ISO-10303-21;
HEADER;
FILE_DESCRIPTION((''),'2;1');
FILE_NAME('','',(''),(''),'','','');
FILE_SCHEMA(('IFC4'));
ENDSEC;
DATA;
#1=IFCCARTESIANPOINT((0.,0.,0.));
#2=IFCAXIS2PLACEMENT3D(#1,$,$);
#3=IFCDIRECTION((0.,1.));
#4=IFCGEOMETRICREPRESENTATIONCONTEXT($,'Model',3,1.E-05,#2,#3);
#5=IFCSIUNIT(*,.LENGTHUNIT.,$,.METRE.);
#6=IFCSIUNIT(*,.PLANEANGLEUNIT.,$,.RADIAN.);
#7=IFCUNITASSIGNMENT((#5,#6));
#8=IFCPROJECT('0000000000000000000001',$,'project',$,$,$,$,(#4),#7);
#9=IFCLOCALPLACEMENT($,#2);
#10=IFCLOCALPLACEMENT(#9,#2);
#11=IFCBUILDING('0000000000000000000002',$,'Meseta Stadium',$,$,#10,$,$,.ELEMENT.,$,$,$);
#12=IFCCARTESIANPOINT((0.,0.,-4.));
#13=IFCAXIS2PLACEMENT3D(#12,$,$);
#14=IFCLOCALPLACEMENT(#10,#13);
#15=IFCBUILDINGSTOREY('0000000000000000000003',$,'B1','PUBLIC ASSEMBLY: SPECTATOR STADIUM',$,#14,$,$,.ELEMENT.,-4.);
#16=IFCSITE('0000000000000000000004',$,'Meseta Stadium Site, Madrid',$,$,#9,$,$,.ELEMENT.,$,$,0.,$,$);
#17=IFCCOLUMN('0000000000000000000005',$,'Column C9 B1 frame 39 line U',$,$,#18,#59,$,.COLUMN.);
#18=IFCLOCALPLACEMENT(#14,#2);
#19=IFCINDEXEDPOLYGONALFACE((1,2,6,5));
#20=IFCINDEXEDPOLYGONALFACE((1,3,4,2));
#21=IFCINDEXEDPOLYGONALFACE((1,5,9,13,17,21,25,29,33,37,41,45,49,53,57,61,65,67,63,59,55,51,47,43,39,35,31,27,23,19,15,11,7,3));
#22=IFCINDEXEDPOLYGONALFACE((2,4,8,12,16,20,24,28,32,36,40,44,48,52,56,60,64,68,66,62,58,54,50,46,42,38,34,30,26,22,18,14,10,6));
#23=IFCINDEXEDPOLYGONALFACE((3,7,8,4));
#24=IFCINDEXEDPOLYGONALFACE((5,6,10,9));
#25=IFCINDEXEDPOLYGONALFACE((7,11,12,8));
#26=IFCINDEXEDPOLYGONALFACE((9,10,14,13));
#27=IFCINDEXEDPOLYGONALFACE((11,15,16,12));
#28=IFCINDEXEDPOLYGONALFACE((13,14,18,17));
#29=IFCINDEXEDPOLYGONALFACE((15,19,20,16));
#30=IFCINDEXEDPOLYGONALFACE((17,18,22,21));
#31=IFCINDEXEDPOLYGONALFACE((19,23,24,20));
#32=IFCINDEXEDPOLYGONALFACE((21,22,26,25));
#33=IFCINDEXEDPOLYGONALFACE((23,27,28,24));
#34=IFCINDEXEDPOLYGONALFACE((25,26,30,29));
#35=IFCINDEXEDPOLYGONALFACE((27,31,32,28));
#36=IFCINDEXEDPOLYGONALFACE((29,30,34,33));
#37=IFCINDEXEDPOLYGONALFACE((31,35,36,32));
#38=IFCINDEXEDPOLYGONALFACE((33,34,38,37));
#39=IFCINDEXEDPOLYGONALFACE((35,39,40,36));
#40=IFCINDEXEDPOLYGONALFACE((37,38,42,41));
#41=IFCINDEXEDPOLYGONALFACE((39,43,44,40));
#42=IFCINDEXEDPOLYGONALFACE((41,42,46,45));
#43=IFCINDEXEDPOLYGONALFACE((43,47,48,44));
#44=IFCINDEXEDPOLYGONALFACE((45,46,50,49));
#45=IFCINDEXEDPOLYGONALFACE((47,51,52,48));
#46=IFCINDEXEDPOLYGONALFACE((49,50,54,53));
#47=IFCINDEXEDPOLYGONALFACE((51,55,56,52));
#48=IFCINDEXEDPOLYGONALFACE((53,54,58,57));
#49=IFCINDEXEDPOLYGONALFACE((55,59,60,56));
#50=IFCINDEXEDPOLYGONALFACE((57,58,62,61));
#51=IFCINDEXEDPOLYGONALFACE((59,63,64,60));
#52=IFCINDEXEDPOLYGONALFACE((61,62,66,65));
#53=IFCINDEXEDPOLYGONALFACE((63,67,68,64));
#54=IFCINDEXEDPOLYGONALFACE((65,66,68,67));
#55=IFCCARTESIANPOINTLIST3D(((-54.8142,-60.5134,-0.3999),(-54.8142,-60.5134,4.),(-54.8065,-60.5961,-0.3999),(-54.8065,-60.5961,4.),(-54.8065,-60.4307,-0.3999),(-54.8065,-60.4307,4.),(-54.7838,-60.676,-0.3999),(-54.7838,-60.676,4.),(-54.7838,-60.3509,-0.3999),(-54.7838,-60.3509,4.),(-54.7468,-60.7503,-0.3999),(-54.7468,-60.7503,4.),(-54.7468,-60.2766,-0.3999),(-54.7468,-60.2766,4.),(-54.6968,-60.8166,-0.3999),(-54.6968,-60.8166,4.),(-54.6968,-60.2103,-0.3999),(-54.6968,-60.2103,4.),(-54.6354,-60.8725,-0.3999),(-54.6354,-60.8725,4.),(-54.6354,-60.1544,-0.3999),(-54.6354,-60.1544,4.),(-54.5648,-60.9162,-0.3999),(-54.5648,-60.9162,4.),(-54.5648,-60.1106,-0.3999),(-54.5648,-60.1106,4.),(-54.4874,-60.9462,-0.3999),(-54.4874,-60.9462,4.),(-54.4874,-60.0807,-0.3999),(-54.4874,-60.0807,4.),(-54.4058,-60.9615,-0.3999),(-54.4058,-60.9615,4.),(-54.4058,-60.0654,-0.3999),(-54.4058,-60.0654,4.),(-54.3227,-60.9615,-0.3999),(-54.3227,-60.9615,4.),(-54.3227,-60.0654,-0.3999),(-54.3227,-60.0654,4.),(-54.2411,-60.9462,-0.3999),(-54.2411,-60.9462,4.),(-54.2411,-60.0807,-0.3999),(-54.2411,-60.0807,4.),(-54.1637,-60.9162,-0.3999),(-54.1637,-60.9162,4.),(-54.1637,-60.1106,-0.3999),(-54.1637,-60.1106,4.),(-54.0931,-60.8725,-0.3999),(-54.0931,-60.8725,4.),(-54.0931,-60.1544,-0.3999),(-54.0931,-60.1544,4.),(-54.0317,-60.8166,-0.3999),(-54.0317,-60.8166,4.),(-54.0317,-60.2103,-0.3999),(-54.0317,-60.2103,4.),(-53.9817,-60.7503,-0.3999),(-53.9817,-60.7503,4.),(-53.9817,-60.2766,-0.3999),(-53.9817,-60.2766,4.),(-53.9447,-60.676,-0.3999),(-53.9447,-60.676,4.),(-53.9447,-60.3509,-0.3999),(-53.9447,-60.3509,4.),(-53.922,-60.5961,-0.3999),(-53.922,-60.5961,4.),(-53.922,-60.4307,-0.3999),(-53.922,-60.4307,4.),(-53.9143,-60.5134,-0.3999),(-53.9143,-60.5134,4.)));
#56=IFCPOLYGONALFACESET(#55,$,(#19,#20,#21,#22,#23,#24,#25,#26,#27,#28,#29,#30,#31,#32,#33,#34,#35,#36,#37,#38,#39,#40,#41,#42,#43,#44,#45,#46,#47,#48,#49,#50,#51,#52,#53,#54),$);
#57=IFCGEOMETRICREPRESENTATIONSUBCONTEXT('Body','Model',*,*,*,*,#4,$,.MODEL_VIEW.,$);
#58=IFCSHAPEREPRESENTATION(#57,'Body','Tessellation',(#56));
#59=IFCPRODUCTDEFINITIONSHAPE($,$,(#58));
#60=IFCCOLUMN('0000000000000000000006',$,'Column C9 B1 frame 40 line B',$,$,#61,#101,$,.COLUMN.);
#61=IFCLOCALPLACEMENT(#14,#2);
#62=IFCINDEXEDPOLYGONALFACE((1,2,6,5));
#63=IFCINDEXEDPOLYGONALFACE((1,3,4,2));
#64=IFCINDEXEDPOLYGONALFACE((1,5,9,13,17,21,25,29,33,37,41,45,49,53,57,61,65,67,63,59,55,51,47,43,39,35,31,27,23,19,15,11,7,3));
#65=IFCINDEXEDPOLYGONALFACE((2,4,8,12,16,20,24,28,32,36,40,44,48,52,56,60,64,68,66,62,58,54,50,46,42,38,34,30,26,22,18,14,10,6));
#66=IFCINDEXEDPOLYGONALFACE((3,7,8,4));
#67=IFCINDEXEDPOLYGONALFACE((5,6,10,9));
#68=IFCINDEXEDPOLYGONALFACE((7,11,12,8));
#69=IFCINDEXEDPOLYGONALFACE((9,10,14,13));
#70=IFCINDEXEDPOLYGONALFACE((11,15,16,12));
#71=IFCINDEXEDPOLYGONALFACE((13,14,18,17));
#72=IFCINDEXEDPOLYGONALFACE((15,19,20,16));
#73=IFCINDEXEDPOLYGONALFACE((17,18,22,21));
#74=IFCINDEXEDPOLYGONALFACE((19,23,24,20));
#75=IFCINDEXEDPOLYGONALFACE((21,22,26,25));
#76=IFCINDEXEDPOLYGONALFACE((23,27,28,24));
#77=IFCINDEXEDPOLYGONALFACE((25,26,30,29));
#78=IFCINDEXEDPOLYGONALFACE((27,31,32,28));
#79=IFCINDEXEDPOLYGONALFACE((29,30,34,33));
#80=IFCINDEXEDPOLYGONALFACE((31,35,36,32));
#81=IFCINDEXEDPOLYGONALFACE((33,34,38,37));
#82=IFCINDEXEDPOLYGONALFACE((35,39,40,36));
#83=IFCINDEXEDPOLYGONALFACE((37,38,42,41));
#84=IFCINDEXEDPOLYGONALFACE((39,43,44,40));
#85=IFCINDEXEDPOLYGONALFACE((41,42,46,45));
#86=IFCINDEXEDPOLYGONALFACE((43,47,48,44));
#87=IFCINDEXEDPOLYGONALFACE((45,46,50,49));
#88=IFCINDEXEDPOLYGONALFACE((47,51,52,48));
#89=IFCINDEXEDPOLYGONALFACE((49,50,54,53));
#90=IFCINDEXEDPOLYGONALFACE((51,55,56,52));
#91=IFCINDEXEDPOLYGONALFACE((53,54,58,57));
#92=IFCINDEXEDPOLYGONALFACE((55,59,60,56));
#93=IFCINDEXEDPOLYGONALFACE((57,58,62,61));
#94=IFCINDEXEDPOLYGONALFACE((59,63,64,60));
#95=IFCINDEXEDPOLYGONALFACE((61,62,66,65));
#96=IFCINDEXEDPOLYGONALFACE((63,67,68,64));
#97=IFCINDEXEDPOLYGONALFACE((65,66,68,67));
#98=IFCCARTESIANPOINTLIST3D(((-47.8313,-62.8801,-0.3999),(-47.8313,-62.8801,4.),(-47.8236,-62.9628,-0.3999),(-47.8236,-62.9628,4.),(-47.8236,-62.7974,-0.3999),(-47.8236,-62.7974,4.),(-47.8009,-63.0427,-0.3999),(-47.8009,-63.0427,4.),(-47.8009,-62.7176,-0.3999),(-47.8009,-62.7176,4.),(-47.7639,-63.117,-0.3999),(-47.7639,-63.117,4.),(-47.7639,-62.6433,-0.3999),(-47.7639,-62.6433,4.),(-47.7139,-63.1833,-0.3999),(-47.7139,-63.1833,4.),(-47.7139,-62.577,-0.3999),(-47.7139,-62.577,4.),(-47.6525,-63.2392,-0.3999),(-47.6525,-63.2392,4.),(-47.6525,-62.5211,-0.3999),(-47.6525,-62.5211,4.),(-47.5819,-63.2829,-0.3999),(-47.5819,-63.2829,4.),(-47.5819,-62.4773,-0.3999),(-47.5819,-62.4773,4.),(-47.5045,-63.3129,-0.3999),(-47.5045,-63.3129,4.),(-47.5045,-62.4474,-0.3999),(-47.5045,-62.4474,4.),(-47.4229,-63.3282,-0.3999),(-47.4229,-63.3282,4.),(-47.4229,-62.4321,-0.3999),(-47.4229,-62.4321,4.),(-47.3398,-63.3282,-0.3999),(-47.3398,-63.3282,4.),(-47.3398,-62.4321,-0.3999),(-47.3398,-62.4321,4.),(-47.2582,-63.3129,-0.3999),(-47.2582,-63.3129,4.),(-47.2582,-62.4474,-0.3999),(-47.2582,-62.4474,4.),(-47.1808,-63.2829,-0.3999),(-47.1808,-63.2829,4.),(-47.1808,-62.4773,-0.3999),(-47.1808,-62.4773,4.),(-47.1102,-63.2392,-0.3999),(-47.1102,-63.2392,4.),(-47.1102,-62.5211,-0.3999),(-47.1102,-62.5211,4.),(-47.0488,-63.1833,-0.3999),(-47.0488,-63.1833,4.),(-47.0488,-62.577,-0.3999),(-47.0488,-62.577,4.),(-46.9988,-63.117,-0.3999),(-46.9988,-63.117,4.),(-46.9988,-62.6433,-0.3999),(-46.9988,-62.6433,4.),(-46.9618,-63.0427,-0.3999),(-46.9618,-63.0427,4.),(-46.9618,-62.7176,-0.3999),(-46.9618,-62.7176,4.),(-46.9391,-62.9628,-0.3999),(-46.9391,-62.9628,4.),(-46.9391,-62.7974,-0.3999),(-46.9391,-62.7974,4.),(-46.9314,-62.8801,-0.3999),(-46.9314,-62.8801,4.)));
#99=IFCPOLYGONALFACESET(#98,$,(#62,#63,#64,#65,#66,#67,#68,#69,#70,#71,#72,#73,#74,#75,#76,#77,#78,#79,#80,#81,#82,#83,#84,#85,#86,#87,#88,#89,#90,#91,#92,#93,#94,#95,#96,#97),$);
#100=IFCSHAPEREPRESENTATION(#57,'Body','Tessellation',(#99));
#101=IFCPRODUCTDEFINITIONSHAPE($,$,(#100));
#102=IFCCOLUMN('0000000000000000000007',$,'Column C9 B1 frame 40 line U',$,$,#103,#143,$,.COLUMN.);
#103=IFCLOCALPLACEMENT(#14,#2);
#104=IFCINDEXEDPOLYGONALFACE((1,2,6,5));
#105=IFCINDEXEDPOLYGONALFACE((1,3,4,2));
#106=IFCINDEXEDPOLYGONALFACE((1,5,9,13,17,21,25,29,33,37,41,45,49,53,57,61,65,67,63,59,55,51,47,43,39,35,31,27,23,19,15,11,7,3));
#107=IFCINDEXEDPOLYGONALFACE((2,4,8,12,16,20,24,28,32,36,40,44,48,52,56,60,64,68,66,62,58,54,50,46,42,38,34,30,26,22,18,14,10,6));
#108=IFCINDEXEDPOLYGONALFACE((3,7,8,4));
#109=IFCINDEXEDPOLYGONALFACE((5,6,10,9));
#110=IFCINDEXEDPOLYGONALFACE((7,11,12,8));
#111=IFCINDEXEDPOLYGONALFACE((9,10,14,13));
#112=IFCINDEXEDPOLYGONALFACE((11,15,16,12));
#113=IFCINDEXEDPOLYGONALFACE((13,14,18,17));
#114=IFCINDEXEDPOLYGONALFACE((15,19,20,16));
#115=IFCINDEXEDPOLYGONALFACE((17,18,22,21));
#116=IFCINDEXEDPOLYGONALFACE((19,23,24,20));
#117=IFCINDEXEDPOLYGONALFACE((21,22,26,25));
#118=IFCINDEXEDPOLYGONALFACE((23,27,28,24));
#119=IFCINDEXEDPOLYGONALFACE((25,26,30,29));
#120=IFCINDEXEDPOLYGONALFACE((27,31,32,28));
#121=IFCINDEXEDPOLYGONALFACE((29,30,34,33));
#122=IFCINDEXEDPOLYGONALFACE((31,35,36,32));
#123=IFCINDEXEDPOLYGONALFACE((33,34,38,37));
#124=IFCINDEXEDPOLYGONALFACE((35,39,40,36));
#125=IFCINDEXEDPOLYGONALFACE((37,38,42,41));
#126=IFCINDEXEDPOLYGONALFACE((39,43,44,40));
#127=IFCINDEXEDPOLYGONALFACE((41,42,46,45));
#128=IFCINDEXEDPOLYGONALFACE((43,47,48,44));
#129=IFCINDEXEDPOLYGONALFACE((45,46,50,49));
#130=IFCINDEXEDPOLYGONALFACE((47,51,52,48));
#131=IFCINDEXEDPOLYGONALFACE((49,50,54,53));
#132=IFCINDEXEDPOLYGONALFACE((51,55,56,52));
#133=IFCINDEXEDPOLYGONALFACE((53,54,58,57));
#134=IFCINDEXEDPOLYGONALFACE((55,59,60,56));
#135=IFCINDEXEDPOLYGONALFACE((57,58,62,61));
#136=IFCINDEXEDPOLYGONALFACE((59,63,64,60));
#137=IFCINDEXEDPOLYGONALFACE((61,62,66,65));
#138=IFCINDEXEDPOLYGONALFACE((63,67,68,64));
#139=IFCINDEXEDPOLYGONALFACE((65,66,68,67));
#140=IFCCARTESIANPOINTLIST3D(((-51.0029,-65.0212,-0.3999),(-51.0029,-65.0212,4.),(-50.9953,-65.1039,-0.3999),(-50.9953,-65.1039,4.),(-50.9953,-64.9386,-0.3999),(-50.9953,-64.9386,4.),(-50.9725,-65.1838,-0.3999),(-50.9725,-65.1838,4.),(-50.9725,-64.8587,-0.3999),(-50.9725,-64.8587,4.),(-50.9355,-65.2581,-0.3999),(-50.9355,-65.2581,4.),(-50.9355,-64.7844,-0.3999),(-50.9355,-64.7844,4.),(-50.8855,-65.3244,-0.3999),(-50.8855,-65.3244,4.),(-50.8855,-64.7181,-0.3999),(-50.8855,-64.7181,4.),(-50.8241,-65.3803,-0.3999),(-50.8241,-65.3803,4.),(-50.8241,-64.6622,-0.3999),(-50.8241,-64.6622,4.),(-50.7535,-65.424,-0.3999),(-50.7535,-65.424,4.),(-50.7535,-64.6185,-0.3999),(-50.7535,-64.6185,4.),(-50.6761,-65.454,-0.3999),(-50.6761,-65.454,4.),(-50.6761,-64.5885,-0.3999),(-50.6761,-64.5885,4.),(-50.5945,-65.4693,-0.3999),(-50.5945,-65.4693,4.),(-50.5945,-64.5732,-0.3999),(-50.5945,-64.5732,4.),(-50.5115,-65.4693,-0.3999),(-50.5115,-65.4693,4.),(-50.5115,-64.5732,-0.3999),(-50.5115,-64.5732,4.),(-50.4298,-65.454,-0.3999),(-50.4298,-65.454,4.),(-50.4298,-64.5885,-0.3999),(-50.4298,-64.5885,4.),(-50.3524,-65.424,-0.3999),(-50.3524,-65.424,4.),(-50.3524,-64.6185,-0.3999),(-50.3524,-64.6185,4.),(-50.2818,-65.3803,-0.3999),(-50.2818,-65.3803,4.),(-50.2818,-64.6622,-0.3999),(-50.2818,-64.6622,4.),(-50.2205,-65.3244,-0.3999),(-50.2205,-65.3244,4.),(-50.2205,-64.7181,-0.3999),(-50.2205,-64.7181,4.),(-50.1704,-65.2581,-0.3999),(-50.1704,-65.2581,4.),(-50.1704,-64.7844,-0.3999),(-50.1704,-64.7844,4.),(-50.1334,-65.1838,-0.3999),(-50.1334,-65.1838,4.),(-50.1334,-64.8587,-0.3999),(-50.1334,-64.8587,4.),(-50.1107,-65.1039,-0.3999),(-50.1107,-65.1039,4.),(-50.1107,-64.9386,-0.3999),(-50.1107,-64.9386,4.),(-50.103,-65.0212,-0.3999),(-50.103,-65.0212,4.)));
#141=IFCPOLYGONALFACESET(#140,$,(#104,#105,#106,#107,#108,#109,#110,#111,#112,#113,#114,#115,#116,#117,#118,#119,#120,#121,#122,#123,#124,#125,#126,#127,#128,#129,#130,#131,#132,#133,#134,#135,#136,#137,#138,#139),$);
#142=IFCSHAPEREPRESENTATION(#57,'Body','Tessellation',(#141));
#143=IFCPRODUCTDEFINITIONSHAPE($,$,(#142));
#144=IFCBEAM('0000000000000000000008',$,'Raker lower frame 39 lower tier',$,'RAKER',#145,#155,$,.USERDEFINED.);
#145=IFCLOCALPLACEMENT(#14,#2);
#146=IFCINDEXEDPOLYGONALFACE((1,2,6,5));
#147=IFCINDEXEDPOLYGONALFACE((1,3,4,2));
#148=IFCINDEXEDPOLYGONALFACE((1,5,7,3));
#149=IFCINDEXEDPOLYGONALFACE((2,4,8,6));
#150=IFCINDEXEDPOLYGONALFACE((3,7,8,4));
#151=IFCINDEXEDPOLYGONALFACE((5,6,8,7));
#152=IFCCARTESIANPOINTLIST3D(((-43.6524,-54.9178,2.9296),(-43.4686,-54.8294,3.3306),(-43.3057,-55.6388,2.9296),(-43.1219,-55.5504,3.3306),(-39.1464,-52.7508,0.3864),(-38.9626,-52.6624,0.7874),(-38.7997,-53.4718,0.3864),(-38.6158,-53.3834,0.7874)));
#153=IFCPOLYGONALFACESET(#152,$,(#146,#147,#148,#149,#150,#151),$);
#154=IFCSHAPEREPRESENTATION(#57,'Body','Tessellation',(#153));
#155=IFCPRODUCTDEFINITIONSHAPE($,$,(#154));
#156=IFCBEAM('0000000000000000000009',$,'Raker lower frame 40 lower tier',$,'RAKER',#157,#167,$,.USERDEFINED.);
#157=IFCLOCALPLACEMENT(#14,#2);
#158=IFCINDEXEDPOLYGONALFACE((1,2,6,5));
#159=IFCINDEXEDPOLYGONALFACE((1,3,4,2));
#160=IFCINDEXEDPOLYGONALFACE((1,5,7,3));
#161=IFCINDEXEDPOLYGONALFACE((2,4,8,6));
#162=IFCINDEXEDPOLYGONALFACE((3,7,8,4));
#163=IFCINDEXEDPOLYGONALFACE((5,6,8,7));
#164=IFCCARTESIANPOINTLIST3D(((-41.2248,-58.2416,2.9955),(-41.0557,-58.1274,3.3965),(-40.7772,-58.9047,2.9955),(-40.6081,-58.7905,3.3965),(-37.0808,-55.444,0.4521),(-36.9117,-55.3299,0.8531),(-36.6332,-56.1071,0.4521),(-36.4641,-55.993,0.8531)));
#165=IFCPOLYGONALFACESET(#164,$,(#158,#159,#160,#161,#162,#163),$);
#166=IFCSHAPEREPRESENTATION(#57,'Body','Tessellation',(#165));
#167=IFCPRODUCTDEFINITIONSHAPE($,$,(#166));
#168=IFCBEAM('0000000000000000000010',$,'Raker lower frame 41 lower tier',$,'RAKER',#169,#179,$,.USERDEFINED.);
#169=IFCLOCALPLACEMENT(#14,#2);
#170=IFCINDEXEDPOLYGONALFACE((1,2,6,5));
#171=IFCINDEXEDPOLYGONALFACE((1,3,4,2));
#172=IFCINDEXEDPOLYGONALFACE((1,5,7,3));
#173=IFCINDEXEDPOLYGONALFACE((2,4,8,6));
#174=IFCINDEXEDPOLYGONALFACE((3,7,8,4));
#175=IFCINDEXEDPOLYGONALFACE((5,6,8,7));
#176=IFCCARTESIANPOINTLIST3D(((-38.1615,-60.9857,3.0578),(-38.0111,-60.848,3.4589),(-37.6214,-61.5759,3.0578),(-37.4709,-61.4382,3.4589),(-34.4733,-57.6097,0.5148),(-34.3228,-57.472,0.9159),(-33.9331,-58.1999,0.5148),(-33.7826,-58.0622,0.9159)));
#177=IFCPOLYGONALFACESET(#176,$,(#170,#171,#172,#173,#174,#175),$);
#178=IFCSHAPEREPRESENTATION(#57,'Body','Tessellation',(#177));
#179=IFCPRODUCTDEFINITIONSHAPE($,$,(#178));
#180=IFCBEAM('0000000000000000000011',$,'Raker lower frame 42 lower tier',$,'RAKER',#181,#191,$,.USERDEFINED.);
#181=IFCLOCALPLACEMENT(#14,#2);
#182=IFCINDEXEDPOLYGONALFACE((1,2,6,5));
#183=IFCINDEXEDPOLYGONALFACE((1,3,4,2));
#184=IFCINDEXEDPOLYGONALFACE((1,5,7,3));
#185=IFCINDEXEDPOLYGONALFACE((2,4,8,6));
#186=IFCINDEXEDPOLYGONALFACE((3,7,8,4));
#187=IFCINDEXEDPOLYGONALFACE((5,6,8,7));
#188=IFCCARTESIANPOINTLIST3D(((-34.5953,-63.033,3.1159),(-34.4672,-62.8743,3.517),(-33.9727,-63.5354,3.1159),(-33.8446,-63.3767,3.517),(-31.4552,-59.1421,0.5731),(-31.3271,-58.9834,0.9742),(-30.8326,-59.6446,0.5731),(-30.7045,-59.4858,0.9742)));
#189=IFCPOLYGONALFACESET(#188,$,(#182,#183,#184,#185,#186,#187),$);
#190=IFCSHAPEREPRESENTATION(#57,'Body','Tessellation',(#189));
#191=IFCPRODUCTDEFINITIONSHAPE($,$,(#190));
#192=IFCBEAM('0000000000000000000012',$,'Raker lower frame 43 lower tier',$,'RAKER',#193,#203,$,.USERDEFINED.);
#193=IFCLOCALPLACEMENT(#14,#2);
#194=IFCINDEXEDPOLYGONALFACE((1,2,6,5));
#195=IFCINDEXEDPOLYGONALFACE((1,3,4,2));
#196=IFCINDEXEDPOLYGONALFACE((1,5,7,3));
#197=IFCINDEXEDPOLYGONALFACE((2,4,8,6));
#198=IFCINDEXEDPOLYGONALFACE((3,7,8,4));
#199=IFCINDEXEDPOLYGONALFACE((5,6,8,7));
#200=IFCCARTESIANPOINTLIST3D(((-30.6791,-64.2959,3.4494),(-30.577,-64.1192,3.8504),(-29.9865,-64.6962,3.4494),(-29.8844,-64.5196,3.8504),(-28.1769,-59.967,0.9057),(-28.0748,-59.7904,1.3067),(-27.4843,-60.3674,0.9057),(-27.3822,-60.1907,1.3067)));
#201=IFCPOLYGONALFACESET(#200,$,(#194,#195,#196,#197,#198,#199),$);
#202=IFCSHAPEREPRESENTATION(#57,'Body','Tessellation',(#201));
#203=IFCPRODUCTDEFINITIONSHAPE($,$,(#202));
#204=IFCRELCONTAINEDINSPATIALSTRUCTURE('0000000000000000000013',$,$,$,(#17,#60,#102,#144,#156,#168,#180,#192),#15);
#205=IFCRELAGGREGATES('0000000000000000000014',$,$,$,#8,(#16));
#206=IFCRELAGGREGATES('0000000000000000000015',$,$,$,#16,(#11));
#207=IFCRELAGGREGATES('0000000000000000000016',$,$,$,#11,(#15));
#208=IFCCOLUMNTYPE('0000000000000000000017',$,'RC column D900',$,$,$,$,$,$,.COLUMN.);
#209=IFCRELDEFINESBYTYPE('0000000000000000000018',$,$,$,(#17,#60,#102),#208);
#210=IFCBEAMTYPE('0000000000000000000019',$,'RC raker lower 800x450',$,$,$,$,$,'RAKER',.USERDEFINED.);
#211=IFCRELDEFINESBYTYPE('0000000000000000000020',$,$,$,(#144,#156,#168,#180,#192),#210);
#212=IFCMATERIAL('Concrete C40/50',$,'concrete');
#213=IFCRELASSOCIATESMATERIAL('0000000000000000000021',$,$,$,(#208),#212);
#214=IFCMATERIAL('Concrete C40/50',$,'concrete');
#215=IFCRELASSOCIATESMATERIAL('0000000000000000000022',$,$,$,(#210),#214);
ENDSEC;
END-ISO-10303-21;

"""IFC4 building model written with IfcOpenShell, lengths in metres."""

from ifc_helpers import new_model, si_unit, direction, frame, origin, origin_2d, place, context, subcontext, project, spatial, rectangle, circle, extrude, material, material_profile, profile_set, type_object, element, save


model = new_model("IFC4")

# Units and contexts
model_context = context("Model", 3, precision=1e-05, world=origin(), true_north=direction((0.0, 1.0)))
body_context = subcontext(model_context, "Body", "Model", "MODEL_VIEW")
ifc_project = project(units=[si_unit("LENGTHUNIT", "METRE"), si_unit("PLANEANGLEUNIT", "RADIAN")], contexts=[model_context])

# Site, building, storey
site_placement = place(None, origin())
site = spatial("IfcSite", under=ifc_project, at=site_placement, Name="Meseta Stadium Site, Madrid", CompositionType="ELEMENT", RefElevation=0.0)
building_placement = place(site_placement, origin())
building = spatial("IfcBuilding", under=site, at=building_placement, Name="Meseta Stadium", CompositionType="ELEMENT")
storey_placement = place(building_placement, frame((0.0, 0.0, -4.0)))
storey = spatial("IfcBuildingStorey", under=building, at=storey_placement, Name="B1", Description="PUBLIC ASSEMBLY: SPECTATOR STADIUM", CompositionType="ELEMENT", Elevation=-4.0)

# Columns
ifc_material_1 = material(Name="Concrete C40/50", Category="concrete")
ifc_material_profile_1 = material_profile(ifc_material_1, circle(Radius=0.45, at=origin_2d()), Name="RC D900")
ifc_profile_set_1 = profile_set([ifc_material_profile_1], Name="Concrete C40/50")
column_type_1 = type_object("IfcColumnType", Name="RC column D900", PredefinedType="COLUMN", material=ifc_profile_set_1)
for number, where, z_axis, x_axis, name in (
    (1, (-54.3643, -60.5134, -0.3999), (0.0, 0.0, 1.0), (1.0, 0.0, 0.0), "Column C9 B1 frame 39 line U"),
    (2, (-47.3813, -62.8801, -0.3999), (0.0, 0.0, 1.0), (1.0, 0.0, 0.0), "Column C9 B1 frame 40 line B"),
    (3, (-50.553, -65.0212, -0.3999), (0.0, 0.0, 1.0), (1.0, 0.0, 0.0), "Column C9 B1 frame 40 line U"),
):
    element("IfcColumn", number, at=place(storey_placement, frame(where, z_axis=z_axis, x_axis=x_axis)), inside=storey, type_object=column_type_1, Name=name, PredefinedType="COLUMN", context=body_context, shape_type="SweptSolid", body=[
        extrude(circle(Radius=0.45, at=origin_2d()), origin(), (0.0, 0.0, 1.0), 4.3999),
    ])

# Beams
ifc_material_2 = material(Name="Concrete C40/50", Category="concrete")
ifc_material_profile_2 = material_profile(ifc_material_2, rectangle(XDim=0.8, YDim=0.45, at=origin_2d()), Name="RC 800x450")
ifc_profile_set_2 = profile_set([ifc_material_profile_2], Name="Concrete C40/50")
beam_type = type_object("IfcBeamType", Name="RC raker lower 800x450", ElementType="RAKER", PredefinedType="USERDEFINED", material=ifc_profile_set_2)
for number, where, z_axis, x_axis, name in (
    (4, (-38.8811, -53.0671, 0.5869), (-0.80327, -0.386294, 0.45336), (0.433391, -0.901206, 0.0), "Raker lower frame 39 lower tier"),
    (5, (-36.7725, -55.7185, 0.6526), (-0.738726, -0.498708, 0.453402), (0.559525, -0.828814, 0.0), "Raker lower frame 40 lower tier"),
    (6, (-34.1279, -57.8359, 0.7153), (-0.657493, -0.601827, 0.453329), (0.675192, -0.737642, 0.0), "Raker lower frame 41 lower tier"),
):
    element("IfcBeam", number, at=place(storey_placement, frame(where, z_axis=z_axis, x_axis=x_axis)), inside=storey, type_object=beam_type, Name=name, ObjectType="RAKER", PredefinedType="USERDEFINED", context=body_context, shape_type="SweptSolid", body=[
        extrude(rectangle(XDim=0.8, YDim=0.45, at=origin_2d()), origin(), (0.0, 0.0, 1.0), 5.6096),
    ])
beam_1_placement = place(storey_placement, frame((-31.0798, -59.314, 0.7737), z_axis=(-0.559804, -0.69364, 0.453301), x_axis=(0.778184, -0.628036, 0.0)))
element("IfcBeam", 7, at=beam_1_placement, inside=storey, type_object=beam_type, Name="Raker lower frame 42 lower tier", ObjectType="RAKER", PredefinedType="USERDEFINED", context=body_context, shape_type="SweptSolid", body=[
    extrude(rectangle(XDim=0.8, YDim=0.45, at=origin_2d()), origin(), (0.0, 0.0, 1.0), 5.6094),
])
beam_2_placement = place(storey_placement, frame((-27.7795, -60.0789, 1.1062), z_axis=(-0.446036, -0.771653, 0.453435), x_axis=(0.865772, -0.500439, 0.0)))
element("IfcBeam", 8, at=beam_2_placement, inside=storey, type_object=beam_type, Name="Raker lower frame 43 lower tier", ObjectType="RAKER", PredefinedType="USERDEFINED", context=body_context, shape_type="SweptSolid", body=[
    extrude(rectangle(XDim=0.8, YDim=0.45, at=origin_2d()), origin(), (0.0, 0.0, 1.0), 5.6099),
])

save(model, "model.ifc")
